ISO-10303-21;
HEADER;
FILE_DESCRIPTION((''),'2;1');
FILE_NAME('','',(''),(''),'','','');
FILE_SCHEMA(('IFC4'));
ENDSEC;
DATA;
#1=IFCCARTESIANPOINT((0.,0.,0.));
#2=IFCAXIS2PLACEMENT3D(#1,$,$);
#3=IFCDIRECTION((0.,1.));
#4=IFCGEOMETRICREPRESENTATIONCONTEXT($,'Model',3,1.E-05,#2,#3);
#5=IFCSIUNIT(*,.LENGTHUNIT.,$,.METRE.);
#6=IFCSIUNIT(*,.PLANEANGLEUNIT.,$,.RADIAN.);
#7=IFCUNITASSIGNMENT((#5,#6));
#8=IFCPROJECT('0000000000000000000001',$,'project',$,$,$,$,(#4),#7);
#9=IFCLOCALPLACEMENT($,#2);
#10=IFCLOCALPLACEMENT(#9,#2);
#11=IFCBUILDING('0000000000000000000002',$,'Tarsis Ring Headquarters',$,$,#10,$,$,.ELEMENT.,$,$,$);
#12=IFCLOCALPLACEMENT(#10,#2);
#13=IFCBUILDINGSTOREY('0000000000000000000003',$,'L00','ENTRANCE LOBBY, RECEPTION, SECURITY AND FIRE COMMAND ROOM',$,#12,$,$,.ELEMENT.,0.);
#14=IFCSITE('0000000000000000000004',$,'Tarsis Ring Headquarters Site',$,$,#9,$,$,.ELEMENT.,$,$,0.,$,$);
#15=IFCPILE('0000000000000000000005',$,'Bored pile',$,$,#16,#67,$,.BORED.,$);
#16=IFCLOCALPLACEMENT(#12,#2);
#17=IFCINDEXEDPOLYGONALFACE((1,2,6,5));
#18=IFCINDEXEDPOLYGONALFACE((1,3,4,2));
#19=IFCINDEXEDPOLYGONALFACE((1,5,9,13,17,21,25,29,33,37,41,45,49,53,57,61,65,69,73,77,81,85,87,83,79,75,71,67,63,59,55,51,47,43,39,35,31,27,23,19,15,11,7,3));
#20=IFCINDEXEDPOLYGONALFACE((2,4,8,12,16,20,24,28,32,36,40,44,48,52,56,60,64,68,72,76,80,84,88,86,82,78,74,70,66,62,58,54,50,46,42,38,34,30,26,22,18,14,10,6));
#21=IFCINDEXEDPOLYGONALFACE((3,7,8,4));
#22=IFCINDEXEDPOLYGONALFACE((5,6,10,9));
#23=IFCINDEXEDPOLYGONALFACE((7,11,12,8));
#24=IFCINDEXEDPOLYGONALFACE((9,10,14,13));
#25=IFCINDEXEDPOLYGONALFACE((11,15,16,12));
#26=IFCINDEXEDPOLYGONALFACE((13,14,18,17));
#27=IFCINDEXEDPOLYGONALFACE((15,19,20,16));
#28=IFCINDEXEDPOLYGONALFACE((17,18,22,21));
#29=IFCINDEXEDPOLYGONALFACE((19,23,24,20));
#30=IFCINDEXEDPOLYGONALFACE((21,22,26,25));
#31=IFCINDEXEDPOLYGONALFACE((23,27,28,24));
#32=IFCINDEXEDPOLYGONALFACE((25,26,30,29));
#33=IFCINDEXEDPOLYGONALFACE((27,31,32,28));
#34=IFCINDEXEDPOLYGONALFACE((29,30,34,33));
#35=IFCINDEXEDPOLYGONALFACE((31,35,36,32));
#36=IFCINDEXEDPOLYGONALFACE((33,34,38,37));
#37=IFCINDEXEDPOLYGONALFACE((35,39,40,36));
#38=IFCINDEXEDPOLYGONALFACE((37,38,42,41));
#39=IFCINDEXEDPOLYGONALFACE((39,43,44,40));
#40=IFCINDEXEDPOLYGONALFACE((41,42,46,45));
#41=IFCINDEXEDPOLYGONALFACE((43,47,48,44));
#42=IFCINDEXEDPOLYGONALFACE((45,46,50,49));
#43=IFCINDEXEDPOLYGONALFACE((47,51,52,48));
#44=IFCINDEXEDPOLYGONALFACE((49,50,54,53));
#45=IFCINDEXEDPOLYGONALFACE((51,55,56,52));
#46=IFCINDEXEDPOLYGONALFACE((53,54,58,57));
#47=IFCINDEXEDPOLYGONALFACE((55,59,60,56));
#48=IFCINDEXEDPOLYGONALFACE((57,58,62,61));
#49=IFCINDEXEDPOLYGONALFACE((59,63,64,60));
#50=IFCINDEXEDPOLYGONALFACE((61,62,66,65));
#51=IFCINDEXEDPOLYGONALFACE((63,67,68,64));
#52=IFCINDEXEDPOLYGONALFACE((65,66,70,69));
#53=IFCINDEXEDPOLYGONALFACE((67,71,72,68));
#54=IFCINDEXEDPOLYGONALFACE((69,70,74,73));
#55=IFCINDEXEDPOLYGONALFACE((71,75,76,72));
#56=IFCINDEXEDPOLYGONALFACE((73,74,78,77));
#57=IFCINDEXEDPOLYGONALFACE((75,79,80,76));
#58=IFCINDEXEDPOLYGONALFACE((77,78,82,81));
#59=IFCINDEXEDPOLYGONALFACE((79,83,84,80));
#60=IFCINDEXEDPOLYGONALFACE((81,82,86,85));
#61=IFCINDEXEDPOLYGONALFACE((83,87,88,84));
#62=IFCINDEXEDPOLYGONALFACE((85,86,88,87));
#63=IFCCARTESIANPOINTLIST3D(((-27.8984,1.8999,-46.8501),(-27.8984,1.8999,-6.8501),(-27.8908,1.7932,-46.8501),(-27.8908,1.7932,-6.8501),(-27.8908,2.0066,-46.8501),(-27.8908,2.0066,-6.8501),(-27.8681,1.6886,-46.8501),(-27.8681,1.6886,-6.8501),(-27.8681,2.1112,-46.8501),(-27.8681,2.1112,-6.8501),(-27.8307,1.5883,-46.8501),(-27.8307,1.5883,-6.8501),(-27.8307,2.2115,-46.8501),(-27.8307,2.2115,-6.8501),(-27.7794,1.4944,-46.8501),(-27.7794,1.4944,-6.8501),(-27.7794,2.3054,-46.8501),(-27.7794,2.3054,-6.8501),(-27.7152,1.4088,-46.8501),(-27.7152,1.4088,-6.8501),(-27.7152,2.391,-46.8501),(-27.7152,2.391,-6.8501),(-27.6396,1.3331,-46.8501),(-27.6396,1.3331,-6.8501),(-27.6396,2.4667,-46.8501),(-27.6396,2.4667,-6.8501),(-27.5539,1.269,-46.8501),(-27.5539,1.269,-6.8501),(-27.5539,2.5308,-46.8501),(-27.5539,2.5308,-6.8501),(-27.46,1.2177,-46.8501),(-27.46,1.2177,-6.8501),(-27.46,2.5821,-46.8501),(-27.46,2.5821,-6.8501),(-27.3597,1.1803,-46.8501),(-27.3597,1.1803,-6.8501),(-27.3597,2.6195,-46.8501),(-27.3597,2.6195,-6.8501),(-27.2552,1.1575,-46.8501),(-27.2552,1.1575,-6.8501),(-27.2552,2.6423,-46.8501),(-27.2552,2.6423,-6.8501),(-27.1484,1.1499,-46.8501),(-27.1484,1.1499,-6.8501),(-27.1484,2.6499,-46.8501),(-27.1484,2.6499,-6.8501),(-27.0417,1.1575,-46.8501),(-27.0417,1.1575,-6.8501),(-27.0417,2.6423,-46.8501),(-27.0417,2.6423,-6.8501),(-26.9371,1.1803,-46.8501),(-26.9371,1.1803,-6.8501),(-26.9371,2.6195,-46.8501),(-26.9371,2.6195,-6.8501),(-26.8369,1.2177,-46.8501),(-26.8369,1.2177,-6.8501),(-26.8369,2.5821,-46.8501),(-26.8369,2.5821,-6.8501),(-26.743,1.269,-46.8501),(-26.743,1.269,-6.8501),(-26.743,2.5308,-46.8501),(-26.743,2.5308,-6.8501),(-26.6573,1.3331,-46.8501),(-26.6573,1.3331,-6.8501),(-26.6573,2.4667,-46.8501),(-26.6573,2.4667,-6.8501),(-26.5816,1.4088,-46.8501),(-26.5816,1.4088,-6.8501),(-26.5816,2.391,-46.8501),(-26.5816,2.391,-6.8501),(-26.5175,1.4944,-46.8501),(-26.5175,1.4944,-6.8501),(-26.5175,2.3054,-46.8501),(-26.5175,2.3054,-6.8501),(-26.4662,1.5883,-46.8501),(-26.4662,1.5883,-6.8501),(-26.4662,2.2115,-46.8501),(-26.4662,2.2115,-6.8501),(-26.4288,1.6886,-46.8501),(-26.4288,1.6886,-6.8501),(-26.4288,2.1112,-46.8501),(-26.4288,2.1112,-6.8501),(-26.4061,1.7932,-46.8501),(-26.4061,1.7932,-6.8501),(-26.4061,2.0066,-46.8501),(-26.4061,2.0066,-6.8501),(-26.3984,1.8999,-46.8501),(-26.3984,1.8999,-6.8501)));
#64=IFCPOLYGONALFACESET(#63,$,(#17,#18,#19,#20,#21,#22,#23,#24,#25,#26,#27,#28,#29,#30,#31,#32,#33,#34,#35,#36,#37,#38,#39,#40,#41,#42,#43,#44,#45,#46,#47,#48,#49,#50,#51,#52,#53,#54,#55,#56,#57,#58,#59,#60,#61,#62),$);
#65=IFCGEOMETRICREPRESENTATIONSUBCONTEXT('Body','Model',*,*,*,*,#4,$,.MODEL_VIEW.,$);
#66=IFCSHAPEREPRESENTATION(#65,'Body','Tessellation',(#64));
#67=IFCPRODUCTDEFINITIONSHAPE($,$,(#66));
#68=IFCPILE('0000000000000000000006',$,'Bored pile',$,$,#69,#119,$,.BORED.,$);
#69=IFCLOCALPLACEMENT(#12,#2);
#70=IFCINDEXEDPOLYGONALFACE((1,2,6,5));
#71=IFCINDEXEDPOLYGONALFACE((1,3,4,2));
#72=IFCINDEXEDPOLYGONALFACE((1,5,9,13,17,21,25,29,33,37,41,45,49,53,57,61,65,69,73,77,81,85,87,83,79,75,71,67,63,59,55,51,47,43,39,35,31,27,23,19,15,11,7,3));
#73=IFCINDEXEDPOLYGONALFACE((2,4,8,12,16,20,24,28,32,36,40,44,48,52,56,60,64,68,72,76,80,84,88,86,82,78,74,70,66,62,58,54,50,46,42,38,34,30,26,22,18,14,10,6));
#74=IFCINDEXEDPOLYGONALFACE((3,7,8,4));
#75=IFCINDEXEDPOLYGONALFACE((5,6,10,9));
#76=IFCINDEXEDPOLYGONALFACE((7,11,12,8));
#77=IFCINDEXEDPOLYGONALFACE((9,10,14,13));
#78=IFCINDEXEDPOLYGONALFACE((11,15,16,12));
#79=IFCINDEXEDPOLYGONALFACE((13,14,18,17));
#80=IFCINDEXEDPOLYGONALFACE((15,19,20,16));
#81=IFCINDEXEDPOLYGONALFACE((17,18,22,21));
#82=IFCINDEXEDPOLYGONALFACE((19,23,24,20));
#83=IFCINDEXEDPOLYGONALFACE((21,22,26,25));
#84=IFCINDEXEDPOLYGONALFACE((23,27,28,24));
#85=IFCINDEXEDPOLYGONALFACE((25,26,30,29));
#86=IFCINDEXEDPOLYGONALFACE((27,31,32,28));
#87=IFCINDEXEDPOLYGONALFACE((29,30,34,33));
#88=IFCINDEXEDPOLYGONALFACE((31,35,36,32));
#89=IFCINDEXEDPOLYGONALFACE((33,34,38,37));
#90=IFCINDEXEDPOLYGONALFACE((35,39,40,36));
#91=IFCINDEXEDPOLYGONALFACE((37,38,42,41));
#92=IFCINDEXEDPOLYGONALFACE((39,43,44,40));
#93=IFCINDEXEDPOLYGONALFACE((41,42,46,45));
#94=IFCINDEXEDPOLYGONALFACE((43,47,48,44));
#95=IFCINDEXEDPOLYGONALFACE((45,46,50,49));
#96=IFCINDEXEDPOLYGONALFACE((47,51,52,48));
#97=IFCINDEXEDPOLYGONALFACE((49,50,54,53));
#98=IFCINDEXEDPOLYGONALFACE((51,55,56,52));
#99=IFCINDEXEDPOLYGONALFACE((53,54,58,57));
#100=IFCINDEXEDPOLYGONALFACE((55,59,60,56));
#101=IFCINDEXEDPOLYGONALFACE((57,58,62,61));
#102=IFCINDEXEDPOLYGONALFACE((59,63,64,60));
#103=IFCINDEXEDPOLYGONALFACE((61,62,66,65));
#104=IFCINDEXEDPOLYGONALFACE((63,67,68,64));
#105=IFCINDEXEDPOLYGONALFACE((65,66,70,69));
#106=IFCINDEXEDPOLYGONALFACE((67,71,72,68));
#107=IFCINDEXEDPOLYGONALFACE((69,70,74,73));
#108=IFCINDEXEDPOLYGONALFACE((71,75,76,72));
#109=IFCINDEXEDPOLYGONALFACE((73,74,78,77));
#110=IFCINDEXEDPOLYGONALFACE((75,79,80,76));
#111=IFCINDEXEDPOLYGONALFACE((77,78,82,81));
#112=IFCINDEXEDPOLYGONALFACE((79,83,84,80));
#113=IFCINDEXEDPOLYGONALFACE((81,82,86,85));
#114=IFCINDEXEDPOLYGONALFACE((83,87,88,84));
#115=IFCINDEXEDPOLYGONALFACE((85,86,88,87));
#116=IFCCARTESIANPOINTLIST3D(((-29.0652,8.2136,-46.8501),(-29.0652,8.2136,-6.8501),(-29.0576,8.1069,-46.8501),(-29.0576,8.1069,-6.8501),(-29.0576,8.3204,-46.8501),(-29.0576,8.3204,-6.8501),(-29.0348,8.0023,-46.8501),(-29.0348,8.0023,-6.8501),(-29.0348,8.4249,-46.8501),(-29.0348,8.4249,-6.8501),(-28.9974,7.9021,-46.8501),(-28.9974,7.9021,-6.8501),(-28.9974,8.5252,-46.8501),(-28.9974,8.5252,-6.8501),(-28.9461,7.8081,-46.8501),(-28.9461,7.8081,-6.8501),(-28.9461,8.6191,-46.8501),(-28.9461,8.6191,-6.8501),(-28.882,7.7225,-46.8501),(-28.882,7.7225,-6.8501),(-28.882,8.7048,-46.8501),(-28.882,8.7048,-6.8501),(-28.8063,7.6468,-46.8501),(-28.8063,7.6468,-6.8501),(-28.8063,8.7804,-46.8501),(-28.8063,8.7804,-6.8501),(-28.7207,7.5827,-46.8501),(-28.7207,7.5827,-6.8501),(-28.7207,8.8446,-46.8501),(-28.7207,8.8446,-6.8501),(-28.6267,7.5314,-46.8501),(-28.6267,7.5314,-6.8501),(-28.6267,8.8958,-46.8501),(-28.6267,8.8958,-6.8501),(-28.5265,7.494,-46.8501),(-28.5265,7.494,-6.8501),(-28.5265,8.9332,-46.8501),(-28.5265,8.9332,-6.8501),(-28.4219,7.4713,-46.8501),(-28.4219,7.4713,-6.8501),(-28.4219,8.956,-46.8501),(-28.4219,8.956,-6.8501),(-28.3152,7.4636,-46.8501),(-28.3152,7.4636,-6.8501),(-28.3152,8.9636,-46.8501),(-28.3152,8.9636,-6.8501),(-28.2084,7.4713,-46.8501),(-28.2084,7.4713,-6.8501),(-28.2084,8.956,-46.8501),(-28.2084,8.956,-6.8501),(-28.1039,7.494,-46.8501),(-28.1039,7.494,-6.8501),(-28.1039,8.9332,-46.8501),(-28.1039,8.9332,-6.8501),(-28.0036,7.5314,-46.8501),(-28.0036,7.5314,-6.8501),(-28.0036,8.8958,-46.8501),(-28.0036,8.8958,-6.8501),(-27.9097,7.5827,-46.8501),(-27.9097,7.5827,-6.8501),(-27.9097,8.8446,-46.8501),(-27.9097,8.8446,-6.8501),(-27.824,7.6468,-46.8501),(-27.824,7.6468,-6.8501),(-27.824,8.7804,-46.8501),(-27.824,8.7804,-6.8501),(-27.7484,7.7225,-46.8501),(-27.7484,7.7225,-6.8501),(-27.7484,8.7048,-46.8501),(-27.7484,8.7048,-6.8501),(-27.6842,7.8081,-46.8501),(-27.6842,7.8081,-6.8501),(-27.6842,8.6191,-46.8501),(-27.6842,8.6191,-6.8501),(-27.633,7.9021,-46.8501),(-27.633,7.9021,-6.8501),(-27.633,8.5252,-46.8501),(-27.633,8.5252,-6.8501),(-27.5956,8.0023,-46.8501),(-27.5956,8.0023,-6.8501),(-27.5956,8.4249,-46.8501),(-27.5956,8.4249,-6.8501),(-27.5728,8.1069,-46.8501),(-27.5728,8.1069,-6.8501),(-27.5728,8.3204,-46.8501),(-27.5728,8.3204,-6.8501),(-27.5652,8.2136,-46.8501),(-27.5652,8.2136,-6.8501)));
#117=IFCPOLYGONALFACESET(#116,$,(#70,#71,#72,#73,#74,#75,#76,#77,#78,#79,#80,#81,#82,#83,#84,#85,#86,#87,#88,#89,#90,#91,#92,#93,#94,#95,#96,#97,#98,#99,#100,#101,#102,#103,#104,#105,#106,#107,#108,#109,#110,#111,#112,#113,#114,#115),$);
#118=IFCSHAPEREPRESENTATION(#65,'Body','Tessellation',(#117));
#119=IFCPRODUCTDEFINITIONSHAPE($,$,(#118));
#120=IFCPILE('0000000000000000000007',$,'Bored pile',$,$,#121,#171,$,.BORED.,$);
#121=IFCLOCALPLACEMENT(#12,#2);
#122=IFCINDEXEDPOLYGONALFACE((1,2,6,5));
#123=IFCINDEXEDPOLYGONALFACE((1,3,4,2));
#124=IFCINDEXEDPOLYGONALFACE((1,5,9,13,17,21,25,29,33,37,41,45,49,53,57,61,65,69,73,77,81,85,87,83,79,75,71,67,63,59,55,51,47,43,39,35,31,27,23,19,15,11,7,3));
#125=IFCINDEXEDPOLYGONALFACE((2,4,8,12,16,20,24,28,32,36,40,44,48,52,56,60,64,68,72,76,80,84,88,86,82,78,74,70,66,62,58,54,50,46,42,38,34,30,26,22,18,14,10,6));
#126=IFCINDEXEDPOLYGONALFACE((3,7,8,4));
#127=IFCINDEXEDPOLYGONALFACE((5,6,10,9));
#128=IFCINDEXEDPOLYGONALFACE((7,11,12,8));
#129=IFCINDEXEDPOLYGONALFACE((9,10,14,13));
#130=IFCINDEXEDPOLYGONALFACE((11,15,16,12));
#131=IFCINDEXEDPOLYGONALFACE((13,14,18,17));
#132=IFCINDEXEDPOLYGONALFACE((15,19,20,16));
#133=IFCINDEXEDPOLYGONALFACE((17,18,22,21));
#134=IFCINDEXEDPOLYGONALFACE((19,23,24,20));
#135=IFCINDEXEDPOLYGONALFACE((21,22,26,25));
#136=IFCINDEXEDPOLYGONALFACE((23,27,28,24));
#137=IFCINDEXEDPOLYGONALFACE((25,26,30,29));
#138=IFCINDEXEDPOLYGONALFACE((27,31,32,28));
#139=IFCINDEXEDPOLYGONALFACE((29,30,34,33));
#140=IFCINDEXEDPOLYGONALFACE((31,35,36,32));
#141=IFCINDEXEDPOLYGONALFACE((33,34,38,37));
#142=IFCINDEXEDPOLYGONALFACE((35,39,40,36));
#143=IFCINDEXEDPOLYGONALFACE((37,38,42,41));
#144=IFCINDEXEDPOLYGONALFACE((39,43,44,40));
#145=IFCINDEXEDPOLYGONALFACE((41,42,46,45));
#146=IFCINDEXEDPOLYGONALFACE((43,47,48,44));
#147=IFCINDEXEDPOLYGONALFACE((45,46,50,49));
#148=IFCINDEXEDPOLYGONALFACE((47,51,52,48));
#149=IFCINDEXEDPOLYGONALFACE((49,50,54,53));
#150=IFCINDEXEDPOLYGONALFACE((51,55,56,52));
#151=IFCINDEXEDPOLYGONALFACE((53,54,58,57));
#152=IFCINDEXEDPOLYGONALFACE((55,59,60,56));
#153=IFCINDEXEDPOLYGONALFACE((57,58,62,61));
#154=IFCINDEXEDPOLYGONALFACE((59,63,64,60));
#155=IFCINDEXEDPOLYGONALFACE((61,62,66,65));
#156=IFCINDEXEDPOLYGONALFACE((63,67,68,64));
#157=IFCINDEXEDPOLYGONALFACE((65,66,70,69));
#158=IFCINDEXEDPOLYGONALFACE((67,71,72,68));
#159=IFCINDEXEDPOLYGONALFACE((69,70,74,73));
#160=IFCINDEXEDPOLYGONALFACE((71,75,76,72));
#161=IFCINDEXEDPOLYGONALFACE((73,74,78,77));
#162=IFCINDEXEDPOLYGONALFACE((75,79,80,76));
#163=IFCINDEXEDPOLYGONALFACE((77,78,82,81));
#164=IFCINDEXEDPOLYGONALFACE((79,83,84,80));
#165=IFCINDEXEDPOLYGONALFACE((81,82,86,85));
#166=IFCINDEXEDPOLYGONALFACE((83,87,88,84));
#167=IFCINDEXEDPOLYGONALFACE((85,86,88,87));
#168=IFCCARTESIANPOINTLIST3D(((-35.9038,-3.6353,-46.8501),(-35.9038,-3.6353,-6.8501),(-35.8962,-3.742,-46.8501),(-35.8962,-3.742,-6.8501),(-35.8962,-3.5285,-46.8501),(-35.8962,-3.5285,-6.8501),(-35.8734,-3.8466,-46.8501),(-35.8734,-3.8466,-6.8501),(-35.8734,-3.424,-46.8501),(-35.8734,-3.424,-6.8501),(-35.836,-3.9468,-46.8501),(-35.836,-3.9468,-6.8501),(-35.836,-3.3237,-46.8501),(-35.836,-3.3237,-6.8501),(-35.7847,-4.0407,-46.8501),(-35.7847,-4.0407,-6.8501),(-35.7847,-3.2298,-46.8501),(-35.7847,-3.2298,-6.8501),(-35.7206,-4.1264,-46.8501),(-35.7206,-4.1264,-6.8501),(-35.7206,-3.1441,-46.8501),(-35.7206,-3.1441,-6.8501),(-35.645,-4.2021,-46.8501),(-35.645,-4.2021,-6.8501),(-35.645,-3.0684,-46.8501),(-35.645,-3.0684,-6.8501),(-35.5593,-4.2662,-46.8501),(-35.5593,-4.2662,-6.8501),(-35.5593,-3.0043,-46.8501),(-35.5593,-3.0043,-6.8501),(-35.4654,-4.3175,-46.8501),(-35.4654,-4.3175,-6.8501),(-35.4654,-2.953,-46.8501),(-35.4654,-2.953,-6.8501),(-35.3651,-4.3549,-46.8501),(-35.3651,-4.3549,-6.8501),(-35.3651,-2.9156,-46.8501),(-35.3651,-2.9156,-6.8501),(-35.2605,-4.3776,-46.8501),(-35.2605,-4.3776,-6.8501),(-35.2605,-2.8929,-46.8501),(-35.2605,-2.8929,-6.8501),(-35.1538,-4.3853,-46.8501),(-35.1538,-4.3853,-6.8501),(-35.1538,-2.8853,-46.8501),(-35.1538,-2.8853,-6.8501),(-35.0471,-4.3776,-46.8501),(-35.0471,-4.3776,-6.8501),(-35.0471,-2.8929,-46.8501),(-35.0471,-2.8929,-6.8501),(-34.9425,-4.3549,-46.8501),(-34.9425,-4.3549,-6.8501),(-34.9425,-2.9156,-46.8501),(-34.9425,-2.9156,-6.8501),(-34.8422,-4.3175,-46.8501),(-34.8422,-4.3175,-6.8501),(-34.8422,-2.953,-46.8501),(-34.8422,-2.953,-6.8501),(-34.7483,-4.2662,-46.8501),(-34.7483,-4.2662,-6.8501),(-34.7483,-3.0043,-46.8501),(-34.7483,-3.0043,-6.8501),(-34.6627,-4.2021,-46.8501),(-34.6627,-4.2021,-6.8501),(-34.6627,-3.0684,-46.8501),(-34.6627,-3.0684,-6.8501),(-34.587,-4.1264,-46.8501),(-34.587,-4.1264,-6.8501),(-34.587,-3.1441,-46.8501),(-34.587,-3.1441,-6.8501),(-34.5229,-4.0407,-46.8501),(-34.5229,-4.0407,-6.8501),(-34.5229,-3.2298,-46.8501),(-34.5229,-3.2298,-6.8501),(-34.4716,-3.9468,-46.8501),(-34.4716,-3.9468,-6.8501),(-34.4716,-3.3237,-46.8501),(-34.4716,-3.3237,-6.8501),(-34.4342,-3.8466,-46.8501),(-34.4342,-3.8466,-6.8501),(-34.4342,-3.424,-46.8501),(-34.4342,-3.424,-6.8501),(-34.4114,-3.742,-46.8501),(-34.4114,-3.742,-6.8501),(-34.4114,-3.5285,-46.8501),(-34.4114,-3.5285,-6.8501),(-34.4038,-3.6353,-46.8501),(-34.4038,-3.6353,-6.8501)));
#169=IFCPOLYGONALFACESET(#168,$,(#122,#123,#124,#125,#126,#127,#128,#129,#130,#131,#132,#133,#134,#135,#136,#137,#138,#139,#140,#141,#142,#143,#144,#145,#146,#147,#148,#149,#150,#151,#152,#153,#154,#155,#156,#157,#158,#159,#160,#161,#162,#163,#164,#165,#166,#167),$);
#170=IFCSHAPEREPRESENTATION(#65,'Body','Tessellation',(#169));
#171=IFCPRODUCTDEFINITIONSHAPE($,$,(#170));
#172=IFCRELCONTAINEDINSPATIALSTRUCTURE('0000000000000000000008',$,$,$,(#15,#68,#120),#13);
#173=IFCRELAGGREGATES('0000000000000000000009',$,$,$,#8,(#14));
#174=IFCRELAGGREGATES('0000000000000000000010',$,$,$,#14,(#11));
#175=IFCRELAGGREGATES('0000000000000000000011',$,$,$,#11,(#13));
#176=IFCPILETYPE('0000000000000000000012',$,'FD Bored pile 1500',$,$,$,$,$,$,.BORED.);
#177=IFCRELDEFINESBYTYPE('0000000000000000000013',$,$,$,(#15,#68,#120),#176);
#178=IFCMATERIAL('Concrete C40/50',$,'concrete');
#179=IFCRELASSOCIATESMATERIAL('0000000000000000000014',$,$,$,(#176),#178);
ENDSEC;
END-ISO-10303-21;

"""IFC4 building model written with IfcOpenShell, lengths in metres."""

from ifc_helpers import new_model, si_unit, direction, frame, origin, origin_2d, place, context, subcontext, project, spatial, circle, extrude, material, material_profile, profile_set, type_object, element, save


model = new_model("IFC4")

# Units and contexts
model_context = context("Model", 3, precision=1e-05, world=origin(), true_north=direction((0.0, 1.0)))
body_context = subcontext(model_context, "Body", "Model", "MODEL_VIEW")
ifc_project = project(units=[si_unit("LENGTHUNIT", "METRE"), si_unit("PLANEANGLEUNIT", "RADIAN")], contexts=[model_context])

# Site, building, storey
site_placement = place(None, origin())
site = spatial("IfcSite", under=ifc_project, at=site_placement, Name="Tarsis Ring Headquarters Site", CompositionType="ELEMENT", RefElevation=0.0)
building_placement = place(site_placement, origin())
building = spatial("IfcBuilding", under=site, at=building_placement, Name="Tarsis Ring Headquarters", CompositionType="ELEMENT")
storey_placement = place(building_placement, origin())
storey = spatial("IfcBuildingStorey", under=building, at=storey_placement, Name="L00", Description="ENTRANCE LOBBY, RECEPTION, SECURITY AND FIRE COMMAND ROOM", CompositionType="ELEMENT", Elevation=0.0)

# Piles
ifc_material_1 = material(Name="Concrete C40/50", Category="concrete")
ifc_material_profile_1 = material_profile(ifc_material_1, circle(Radius=0.75, at=origin_2d()), Name="BORED 1500")
ifc_profile_set_1 = profile_set([ifc_material_profile_1], Name="Concrete C40/50")
pile_type = type_object("IfcPileType", Name="FD Bored pile 1500", PredefinedType="BORED", material=ifc_profile_set_1)
for number, where, z_axis, x_axis, name in (
    (1, (-27.1484, 1.8999, -6.8501), (0.0, 0.0, -1.0), (1.0, 0.0, 0.0), "Bored pile"),
    (2, (-28.3152, 8.2136, -6.8501), (0.0, 0.0, -1.0), (1.0, 0.0, 0.0), "Bored pile"),
    (3, (-35.1538, -3.6353, -6.8501), (0.0, 0.0, -1.0), (1.0, 0.0, 0.0), "Bored pile"),
):
    element("IfcPile", number, at=place(storey_placement, frame(where, z_axis=z_axis, x_axis=x_axis)), inside=storey, type_object=pile_type, Name=name, PredefinedType="BORED", context=body_context, shape_type="SweptSolid", body=[
        extrude(circle(Radius=0.75, at=origin_2d()), origin(), (0.0, 0.0, 1.0), 40.0),
    ])

save(model, "model.ifc")
